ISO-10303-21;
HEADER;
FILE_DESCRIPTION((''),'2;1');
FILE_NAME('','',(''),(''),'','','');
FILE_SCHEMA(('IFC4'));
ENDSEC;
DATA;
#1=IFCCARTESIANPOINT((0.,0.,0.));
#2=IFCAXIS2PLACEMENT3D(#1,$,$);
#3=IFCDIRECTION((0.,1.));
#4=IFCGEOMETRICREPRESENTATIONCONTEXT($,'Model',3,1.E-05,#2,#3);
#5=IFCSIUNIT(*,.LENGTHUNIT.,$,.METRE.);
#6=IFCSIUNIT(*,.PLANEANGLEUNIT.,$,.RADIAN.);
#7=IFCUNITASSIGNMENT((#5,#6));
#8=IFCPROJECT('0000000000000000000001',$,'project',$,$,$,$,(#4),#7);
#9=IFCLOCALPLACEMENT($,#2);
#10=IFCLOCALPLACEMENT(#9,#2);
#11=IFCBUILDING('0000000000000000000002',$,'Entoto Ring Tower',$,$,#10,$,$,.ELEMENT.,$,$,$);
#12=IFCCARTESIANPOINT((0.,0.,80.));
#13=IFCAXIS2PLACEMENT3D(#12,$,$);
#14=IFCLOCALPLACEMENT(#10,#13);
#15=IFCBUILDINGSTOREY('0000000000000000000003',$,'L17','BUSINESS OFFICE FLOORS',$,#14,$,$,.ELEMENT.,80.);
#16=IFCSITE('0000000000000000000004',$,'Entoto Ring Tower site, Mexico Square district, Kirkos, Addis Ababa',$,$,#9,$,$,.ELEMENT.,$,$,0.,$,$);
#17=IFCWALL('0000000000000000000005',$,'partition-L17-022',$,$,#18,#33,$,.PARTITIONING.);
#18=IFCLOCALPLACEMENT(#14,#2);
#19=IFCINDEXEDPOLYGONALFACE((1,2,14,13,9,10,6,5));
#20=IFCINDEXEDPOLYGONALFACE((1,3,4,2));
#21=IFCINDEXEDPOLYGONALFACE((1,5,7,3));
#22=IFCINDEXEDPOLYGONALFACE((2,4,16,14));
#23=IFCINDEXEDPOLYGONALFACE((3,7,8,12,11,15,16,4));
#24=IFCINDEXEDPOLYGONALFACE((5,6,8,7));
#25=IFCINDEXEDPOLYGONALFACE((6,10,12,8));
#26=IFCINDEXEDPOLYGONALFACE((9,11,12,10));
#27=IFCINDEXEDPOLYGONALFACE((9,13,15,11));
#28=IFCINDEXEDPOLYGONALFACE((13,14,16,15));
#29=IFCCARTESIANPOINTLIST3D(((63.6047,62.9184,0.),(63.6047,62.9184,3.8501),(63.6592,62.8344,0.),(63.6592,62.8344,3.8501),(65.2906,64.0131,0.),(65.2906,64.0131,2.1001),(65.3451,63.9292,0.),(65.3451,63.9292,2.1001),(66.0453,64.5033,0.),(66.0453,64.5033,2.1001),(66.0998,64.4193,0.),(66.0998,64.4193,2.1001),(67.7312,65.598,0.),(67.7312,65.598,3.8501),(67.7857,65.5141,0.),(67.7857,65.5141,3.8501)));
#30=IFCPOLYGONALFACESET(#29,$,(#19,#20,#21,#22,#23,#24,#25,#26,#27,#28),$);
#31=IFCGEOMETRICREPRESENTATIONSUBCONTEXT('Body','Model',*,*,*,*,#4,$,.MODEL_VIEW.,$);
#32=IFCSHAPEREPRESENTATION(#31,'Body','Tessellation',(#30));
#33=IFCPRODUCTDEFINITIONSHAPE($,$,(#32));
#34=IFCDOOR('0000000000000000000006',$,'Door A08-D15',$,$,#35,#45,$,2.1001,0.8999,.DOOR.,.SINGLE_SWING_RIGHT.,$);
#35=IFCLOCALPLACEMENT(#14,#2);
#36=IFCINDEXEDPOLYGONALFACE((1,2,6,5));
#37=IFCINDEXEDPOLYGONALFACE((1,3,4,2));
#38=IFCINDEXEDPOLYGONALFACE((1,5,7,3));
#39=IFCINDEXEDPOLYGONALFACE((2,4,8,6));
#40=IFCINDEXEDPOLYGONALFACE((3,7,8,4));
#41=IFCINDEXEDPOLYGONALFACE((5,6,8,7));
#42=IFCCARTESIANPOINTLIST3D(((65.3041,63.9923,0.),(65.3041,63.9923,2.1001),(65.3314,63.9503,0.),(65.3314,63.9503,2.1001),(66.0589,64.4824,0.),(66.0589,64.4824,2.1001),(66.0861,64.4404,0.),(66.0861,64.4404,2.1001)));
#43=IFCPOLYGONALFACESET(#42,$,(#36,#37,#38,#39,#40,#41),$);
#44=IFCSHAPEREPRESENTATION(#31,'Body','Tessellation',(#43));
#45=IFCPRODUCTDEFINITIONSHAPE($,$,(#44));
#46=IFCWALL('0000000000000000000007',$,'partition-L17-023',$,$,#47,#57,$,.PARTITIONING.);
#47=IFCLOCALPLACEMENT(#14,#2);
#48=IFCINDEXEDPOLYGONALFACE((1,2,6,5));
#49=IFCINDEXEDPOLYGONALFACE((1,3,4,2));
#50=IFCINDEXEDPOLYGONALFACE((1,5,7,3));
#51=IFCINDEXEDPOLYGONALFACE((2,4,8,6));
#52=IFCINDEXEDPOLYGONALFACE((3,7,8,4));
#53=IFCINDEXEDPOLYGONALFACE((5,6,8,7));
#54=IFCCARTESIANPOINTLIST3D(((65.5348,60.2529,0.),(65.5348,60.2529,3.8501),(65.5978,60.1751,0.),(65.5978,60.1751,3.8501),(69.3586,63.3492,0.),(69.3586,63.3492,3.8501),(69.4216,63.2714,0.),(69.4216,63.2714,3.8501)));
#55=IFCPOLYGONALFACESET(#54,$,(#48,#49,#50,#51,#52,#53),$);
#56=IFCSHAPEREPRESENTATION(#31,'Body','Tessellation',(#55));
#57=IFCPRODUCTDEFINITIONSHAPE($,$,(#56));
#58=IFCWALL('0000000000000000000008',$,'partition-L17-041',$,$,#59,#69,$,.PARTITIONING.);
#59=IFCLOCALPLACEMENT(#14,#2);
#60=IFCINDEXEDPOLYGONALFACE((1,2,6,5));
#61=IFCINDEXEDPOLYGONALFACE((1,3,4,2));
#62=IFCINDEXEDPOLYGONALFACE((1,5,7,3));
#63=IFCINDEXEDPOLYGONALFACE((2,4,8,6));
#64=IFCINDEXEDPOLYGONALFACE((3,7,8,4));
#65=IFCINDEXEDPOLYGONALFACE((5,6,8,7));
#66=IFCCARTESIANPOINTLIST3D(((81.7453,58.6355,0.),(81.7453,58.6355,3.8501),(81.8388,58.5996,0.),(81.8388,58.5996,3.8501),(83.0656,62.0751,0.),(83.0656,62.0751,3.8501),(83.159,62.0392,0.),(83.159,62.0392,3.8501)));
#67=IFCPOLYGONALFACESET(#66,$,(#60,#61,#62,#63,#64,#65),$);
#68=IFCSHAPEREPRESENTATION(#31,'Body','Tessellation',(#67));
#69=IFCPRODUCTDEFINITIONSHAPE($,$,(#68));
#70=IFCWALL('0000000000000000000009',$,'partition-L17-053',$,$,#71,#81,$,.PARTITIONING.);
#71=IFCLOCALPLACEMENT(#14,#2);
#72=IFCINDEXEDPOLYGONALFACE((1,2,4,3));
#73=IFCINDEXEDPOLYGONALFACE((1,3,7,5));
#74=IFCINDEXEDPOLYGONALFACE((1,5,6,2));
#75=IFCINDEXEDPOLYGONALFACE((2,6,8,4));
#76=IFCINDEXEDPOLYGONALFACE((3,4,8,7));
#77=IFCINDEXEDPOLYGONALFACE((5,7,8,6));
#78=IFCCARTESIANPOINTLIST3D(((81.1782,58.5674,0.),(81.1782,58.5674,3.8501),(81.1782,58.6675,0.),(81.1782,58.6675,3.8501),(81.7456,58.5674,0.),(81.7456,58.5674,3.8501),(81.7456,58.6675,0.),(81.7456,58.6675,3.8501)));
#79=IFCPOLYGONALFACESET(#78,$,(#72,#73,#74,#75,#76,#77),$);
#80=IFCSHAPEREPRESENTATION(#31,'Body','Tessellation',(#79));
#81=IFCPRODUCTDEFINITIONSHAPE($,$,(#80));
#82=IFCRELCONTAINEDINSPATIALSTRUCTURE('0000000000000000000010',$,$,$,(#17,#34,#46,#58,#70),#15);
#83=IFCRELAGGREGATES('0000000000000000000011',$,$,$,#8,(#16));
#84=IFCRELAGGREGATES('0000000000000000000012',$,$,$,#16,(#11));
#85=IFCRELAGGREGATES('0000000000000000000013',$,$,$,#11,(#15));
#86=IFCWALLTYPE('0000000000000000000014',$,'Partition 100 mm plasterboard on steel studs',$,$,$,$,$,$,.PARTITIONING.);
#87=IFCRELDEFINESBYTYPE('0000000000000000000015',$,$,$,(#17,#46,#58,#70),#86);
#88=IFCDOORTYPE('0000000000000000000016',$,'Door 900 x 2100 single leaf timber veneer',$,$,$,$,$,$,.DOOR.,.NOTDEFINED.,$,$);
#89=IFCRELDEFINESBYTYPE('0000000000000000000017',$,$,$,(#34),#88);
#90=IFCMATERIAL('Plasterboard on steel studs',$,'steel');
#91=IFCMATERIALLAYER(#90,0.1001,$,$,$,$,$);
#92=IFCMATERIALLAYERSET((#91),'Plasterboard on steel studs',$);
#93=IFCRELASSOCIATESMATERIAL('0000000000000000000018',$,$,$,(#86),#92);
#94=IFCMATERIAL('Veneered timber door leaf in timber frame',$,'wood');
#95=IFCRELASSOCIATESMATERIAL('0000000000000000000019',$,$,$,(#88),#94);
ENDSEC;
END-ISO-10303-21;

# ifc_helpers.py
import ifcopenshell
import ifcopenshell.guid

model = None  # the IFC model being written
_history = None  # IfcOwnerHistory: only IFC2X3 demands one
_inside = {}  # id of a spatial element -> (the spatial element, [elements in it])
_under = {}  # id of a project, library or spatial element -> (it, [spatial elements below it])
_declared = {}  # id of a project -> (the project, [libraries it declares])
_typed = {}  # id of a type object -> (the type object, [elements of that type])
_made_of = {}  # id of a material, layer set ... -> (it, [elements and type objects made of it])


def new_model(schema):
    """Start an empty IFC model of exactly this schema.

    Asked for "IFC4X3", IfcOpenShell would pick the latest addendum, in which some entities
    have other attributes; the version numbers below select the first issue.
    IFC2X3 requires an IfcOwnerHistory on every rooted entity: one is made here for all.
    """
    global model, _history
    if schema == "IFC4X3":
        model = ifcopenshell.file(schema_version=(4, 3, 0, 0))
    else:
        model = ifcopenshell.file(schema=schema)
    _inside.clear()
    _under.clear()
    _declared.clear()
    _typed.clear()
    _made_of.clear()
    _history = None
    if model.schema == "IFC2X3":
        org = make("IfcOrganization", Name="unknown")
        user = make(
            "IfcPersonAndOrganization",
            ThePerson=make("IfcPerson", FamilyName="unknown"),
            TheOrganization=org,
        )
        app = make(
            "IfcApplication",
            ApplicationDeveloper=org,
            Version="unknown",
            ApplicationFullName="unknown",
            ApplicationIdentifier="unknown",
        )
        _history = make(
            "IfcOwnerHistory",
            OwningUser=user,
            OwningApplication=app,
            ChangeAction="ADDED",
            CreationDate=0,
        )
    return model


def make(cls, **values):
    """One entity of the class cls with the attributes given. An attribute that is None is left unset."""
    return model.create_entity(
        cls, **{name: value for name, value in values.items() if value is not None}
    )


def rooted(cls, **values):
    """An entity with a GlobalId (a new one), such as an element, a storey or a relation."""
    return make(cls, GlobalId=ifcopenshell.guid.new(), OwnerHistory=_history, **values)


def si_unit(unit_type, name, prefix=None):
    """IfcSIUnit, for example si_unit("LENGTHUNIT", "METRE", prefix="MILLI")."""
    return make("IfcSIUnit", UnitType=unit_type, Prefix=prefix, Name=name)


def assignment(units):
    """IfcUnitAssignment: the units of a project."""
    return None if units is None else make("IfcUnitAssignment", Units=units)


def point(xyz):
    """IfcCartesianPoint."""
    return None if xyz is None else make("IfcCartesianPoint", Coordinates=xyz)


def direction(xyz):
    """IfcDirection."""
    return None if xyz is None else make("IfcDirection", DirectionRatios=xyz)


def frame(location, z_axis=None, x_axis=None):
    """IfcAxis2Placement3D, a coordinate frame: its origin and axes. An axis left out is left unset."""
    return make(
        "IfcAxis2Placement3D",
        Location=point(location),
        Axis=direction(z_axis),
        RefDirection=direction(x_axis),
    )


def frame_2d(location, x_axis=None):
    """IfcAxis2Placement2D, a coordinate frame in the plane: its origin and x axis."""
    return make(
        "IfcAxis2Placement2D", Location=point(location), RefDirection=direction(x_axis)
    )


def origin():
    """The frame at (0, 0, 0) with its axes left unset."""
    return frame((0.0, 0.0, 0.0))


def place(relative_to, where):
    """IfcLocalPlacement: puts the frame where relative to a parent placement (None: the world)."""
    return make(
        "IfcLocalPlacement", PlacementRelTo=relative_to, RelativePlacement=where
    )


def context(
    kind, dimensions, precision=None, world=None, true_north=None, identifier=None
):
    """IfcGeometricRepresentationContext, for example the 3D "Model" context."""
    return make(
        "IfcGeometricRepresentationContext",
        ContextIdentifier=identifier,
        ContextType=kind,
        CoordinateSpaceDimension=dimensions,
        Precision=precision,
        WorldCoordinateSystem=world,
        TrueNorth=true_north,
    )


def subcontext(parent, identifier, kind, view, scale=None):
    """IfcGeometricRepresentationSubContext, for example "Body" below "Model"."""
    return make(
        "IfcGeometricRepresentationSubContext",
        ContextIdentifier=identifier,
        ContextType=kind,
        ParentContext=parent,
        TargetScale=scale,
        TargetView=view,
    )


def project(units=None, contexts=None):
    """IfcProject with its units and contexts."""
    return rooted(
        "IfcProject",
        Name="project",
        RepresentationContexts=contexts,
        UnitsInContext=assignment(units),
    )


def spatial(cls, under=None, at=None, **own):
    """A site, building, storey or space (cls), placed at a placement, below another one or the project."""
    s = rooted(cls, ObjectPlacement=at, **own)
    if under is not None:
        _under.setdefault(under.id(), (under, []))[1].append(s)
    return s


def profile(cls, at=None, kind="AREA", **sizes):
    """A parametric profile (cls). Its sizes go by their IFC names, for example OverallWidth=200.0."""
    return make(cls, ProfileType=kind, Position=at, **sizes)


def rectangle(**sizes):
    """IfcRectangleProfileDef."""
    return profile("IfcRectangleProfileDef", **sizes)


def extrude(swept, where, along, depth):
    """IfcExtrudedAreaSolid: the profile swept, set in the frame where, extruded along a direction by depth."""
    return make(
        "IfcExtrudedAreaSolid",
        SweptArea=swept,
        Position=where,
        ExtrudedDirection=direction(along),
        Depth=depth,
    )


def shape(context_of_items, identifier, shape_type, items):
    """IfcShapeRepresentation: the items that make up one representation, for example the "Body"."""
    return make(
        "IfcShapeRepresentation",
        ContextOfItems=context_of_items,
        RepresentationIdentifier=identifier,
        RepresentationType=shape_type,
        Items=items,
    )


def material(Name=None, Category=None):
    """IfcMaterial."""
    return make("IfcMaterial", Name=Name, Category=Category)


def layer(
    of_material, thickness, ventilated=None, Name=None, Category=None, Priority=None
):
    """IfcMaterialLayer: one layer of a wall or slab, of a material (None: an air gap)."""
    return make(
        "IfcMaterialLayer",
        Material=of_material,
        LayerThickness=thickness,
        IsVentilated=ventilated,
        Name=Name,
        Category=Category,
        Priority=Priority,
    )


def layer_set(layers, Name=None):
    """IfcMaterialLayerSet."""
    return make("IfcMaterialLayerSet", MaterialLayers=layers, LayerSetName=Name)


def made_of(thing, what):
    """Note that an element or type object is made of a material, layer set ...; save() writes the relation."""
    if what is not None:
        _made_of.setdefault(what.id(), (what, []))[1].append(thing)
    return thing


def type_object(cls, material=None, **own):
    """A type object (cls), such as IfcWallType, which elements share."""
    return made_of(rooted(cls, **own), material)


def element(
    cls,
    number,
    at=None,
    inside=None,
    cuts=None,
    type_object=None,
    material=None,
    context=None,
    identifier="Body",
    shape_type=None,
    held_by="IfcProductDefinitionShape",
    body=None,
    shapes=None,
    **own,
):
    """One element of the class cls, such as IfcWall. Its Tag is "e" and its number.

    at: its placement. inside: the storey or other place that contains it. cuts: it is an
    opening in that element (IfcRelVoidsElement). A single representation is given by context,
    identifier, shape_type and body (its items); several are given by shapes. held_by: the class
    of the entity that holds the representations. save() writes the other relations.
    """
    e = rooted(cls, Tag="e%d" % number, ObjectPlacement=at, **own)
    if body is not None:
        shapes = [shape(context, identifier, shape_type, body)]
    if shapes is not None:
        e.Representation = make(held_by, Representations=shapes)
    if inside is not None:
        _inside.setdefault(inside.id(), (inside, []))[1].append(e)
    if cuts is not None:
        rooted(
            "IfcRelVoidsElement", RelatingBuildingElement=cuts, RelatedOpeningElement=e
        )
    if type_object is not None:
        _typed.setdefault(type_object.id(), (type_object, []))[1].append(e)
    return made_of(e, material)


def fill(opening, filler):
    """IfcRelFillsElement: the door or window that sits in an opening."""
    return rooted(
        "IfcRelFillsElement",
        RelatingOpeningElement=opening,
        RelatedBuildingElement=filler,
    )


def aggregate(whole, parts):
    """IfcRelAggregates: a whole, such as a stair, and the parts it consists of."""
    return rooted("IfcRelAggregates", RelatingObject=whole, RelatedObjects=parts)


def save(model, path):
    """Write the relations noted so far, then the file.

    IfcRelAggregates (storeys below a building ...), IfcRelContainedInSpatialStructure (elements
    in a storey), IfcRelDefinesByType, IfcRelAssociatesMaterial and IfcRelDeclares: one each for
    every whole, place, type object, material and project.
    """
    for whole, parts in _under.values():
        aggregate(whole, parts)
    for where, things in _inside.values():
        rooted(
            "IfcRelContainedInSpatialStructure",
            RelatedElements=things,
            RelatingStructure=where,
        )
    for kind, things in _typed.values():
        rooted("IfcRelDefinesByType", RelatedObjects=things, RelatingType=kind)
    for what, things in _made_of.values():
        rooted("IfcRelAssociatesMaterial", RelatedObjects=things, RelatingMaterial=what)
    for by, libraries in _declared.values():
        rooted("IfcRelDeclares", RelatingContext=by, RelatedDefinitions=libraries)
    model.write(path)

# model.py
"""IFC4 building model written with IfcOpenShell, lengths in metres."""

from ifc_helpers import new_model, si_unit, direction, frame, frame_2d, origin, place, context, subcontext, project, spatial, rectangle, extrude, material, layer, layer_set, type_object, element, fill, save


model = new_model("IFC4")

# Units and contexts
model_context = context("Model", 3, precision=1e-05, world=origin(), true_north=direction((0.0, 1.0)))
body_context = subcontext(model_context, "Body", "Model", "MODEL_VIEW")
ifc_project = project(units=[si_unit("LENGTHUNIT", "METRE"), si_unit("PLANEANGLEUNIT", "RADIAN")], contexts=[model_context])

# Site, building, storey
site_placement = place(None, origin())
site = spatial("IfcSite", under=ifc_project, at=site_placement, Name="Entoto Ring Tower site, Mexico Square district, Kirkos, Addis Ababa", CompositionType="ELEMENT", RefElevation=0.0)
building_placement = place(site_placement, origin())
building = spatial("IfcBuilding", under=site, at=building_placement, Name="Entoto Ring Tower", CompositionType="ELEMENT")
storey_placement = place(building_placement, frame((0.0, 0.0, 80.0)))
storey = spatial("IfcBuildingStorey", under=building, at=storey_placement, Name="L17", Description="BUSINESS OFFICE FLOORS", CompositionType="ELEMENT", Elevation=80.0)

# Wall, opening, door
ifc_material_1 = material(Name="Plasterboard on steel studs", Category="steel")
ifc_layer_1 = layer(ifc_material_1, 0.1001)
ifc_layer_set_1 = layer_set([ifc_layer_1], Name="Plasterboard on steel studs")
wall_type_1 = type_object("IfcWallType", Name="Partition 100 mm plasterboard on steel studs", PredefinedType="PARTITIONING", material=ifc_layer_set_1)
ifc_material_2 = material(Name="Veneered timber door leaf in timber frame", Category="wood")
door_type_1 = type_object("IfcDoorType", Name="Door 900 x 2100 single leaf timber veneer", OperationType="NOTDEFINED", PredefinedType="DOOR", material=ifc_material_2)
wall_1_placement = place(storey_placement, frame((63.6321, 62.8765, 0.0), z_axis=(0.0, 0.0, 1.0), x_axis=(0.838677, 0.544629, 0.0)))
wall_1 = element("IfcWall", 1, at=wall_1_placement, inside=storey, type_object=wall_type_1, Name="partition-L17-022", PredefinedType="PARTITIONING", context=body_context, shape_type="SweptSolid", body=[
    extrude(rectangle(XDim=4.9202, YDim=0.1001, at=frame_2d((2.46, 0.0))), origin(), (0.0, 0.0, 1.0), 3.8501),
])
opening_1_placement = place(wall_1_placement, frame((2.01, 0.0, 0.0)))
opening_1 = element("IfcOpeningElement", 2, at=opening_1_placement, cuts=wall_1, PredefinedType="OPENING", context=body_context, shape_type="SweptSolid", body=[
    extrude(rectangle(XDim=0.8999, YDim=2.1001, at=frame_2d((0.45, 1.05))), frame((0.0, 0.0601, 0.0), z_axis=(0.0, -1.0, 0.0), x_axis=(1.0, 0.0, 0.0)), (0.0, 0.0, 1.0), 0.1201),
])
door_1_placement = place(opening_1_placement, frame((0.8999, 0.0, 0.0), z_axis=(0.0, 0.0, 1.0), x_axis=(-1.0, 0.0, 0.0)))
door_1 = element("IfcDoor", 3, at=door_1_placement, inside=storey, type_object=door_type_1, Name="Door A08-D15", OperationType="SINGLE_SWING_RIGHT", OverallHeight=2.1001, OverallWidth=0.8999, PredefinedType="DOOR", context=body_context, shape_type="SweptSolid", body=[
    extrude(rectangle(XDim=0.8999, YDim=2.1001, at=frame_2d((0.45, 1.05))), frame((0.0, 0.0249, 0.0), z_axis=(0.0, -1.0, 0.0), x_axis=(1.0, 0.0, 0.0)), (0.0, 0.0, 1.0), 0.05),
])
fill(opening_1, door_1)

# Walls
wall_2_placement = place(storey_placement, frame((65.5664, 60.2141, 0.0), z_axis=(0.0, 0.0, 1.0), x_axis=(0.777166, 0.629295, 0.0)))
element("IfcWall", 4, at=wall_2_placement, inside=storey, type_object=wall_type_1, Name="partition-L17-023", PredefinedType="PARTITIONING", context=body_context, shape_type="SweptSolid", body=[
    extrude(rectangle(XDim=4.9202, YDim=0.1001, at=frame_2d((2.46, 0.0))), origin(), (0.0, 0.0, 1.0), 3.8501),
])
wall_3_placement = place(storey_placement, frame((81.792, 58.6174, 0.0), z_axis=(0.0, 0.0, 1.0), x_axis=(0.358353, 0.933586, 0.0)))
element("IfcWall", 5, at=wall_3_placement, inside=storey, type_object=wall_type_1, Name="partition-L17-041", PredefinedType="PARTITIONING", context=body_context, shape_type="SweptSolid", body=[
    extrude(rectangle(XDim=3.6843, YDim=0.1001, at=frame_2d((1.8423, 0.0))), origin(), (0.0, 0.0, 1.0), 3.8501),
])
wall_4_placement = place(storey_placement, frame((81.1782, 58.6174, 0.0), z_axis=(0.0, 0.0, 1.0), x_axis=(1.0, 0.0, 0.0)))
element("IfcWall", 6, at=wall_4_placement, inside=storey, type_object=wall_type_1, Name="partition-L17-053", PredefinedType="PARTITIONING", context=body_context, shape_type="SweptSolid", body=[
    extrude(rectangle(XDim=0.5674, YDim=0.1001, at=frame_2d((0.2837, 0.0))), origin(), (0.0, 0.0, 1.0), 3.8501),
])

save(model, "model.ifc")
